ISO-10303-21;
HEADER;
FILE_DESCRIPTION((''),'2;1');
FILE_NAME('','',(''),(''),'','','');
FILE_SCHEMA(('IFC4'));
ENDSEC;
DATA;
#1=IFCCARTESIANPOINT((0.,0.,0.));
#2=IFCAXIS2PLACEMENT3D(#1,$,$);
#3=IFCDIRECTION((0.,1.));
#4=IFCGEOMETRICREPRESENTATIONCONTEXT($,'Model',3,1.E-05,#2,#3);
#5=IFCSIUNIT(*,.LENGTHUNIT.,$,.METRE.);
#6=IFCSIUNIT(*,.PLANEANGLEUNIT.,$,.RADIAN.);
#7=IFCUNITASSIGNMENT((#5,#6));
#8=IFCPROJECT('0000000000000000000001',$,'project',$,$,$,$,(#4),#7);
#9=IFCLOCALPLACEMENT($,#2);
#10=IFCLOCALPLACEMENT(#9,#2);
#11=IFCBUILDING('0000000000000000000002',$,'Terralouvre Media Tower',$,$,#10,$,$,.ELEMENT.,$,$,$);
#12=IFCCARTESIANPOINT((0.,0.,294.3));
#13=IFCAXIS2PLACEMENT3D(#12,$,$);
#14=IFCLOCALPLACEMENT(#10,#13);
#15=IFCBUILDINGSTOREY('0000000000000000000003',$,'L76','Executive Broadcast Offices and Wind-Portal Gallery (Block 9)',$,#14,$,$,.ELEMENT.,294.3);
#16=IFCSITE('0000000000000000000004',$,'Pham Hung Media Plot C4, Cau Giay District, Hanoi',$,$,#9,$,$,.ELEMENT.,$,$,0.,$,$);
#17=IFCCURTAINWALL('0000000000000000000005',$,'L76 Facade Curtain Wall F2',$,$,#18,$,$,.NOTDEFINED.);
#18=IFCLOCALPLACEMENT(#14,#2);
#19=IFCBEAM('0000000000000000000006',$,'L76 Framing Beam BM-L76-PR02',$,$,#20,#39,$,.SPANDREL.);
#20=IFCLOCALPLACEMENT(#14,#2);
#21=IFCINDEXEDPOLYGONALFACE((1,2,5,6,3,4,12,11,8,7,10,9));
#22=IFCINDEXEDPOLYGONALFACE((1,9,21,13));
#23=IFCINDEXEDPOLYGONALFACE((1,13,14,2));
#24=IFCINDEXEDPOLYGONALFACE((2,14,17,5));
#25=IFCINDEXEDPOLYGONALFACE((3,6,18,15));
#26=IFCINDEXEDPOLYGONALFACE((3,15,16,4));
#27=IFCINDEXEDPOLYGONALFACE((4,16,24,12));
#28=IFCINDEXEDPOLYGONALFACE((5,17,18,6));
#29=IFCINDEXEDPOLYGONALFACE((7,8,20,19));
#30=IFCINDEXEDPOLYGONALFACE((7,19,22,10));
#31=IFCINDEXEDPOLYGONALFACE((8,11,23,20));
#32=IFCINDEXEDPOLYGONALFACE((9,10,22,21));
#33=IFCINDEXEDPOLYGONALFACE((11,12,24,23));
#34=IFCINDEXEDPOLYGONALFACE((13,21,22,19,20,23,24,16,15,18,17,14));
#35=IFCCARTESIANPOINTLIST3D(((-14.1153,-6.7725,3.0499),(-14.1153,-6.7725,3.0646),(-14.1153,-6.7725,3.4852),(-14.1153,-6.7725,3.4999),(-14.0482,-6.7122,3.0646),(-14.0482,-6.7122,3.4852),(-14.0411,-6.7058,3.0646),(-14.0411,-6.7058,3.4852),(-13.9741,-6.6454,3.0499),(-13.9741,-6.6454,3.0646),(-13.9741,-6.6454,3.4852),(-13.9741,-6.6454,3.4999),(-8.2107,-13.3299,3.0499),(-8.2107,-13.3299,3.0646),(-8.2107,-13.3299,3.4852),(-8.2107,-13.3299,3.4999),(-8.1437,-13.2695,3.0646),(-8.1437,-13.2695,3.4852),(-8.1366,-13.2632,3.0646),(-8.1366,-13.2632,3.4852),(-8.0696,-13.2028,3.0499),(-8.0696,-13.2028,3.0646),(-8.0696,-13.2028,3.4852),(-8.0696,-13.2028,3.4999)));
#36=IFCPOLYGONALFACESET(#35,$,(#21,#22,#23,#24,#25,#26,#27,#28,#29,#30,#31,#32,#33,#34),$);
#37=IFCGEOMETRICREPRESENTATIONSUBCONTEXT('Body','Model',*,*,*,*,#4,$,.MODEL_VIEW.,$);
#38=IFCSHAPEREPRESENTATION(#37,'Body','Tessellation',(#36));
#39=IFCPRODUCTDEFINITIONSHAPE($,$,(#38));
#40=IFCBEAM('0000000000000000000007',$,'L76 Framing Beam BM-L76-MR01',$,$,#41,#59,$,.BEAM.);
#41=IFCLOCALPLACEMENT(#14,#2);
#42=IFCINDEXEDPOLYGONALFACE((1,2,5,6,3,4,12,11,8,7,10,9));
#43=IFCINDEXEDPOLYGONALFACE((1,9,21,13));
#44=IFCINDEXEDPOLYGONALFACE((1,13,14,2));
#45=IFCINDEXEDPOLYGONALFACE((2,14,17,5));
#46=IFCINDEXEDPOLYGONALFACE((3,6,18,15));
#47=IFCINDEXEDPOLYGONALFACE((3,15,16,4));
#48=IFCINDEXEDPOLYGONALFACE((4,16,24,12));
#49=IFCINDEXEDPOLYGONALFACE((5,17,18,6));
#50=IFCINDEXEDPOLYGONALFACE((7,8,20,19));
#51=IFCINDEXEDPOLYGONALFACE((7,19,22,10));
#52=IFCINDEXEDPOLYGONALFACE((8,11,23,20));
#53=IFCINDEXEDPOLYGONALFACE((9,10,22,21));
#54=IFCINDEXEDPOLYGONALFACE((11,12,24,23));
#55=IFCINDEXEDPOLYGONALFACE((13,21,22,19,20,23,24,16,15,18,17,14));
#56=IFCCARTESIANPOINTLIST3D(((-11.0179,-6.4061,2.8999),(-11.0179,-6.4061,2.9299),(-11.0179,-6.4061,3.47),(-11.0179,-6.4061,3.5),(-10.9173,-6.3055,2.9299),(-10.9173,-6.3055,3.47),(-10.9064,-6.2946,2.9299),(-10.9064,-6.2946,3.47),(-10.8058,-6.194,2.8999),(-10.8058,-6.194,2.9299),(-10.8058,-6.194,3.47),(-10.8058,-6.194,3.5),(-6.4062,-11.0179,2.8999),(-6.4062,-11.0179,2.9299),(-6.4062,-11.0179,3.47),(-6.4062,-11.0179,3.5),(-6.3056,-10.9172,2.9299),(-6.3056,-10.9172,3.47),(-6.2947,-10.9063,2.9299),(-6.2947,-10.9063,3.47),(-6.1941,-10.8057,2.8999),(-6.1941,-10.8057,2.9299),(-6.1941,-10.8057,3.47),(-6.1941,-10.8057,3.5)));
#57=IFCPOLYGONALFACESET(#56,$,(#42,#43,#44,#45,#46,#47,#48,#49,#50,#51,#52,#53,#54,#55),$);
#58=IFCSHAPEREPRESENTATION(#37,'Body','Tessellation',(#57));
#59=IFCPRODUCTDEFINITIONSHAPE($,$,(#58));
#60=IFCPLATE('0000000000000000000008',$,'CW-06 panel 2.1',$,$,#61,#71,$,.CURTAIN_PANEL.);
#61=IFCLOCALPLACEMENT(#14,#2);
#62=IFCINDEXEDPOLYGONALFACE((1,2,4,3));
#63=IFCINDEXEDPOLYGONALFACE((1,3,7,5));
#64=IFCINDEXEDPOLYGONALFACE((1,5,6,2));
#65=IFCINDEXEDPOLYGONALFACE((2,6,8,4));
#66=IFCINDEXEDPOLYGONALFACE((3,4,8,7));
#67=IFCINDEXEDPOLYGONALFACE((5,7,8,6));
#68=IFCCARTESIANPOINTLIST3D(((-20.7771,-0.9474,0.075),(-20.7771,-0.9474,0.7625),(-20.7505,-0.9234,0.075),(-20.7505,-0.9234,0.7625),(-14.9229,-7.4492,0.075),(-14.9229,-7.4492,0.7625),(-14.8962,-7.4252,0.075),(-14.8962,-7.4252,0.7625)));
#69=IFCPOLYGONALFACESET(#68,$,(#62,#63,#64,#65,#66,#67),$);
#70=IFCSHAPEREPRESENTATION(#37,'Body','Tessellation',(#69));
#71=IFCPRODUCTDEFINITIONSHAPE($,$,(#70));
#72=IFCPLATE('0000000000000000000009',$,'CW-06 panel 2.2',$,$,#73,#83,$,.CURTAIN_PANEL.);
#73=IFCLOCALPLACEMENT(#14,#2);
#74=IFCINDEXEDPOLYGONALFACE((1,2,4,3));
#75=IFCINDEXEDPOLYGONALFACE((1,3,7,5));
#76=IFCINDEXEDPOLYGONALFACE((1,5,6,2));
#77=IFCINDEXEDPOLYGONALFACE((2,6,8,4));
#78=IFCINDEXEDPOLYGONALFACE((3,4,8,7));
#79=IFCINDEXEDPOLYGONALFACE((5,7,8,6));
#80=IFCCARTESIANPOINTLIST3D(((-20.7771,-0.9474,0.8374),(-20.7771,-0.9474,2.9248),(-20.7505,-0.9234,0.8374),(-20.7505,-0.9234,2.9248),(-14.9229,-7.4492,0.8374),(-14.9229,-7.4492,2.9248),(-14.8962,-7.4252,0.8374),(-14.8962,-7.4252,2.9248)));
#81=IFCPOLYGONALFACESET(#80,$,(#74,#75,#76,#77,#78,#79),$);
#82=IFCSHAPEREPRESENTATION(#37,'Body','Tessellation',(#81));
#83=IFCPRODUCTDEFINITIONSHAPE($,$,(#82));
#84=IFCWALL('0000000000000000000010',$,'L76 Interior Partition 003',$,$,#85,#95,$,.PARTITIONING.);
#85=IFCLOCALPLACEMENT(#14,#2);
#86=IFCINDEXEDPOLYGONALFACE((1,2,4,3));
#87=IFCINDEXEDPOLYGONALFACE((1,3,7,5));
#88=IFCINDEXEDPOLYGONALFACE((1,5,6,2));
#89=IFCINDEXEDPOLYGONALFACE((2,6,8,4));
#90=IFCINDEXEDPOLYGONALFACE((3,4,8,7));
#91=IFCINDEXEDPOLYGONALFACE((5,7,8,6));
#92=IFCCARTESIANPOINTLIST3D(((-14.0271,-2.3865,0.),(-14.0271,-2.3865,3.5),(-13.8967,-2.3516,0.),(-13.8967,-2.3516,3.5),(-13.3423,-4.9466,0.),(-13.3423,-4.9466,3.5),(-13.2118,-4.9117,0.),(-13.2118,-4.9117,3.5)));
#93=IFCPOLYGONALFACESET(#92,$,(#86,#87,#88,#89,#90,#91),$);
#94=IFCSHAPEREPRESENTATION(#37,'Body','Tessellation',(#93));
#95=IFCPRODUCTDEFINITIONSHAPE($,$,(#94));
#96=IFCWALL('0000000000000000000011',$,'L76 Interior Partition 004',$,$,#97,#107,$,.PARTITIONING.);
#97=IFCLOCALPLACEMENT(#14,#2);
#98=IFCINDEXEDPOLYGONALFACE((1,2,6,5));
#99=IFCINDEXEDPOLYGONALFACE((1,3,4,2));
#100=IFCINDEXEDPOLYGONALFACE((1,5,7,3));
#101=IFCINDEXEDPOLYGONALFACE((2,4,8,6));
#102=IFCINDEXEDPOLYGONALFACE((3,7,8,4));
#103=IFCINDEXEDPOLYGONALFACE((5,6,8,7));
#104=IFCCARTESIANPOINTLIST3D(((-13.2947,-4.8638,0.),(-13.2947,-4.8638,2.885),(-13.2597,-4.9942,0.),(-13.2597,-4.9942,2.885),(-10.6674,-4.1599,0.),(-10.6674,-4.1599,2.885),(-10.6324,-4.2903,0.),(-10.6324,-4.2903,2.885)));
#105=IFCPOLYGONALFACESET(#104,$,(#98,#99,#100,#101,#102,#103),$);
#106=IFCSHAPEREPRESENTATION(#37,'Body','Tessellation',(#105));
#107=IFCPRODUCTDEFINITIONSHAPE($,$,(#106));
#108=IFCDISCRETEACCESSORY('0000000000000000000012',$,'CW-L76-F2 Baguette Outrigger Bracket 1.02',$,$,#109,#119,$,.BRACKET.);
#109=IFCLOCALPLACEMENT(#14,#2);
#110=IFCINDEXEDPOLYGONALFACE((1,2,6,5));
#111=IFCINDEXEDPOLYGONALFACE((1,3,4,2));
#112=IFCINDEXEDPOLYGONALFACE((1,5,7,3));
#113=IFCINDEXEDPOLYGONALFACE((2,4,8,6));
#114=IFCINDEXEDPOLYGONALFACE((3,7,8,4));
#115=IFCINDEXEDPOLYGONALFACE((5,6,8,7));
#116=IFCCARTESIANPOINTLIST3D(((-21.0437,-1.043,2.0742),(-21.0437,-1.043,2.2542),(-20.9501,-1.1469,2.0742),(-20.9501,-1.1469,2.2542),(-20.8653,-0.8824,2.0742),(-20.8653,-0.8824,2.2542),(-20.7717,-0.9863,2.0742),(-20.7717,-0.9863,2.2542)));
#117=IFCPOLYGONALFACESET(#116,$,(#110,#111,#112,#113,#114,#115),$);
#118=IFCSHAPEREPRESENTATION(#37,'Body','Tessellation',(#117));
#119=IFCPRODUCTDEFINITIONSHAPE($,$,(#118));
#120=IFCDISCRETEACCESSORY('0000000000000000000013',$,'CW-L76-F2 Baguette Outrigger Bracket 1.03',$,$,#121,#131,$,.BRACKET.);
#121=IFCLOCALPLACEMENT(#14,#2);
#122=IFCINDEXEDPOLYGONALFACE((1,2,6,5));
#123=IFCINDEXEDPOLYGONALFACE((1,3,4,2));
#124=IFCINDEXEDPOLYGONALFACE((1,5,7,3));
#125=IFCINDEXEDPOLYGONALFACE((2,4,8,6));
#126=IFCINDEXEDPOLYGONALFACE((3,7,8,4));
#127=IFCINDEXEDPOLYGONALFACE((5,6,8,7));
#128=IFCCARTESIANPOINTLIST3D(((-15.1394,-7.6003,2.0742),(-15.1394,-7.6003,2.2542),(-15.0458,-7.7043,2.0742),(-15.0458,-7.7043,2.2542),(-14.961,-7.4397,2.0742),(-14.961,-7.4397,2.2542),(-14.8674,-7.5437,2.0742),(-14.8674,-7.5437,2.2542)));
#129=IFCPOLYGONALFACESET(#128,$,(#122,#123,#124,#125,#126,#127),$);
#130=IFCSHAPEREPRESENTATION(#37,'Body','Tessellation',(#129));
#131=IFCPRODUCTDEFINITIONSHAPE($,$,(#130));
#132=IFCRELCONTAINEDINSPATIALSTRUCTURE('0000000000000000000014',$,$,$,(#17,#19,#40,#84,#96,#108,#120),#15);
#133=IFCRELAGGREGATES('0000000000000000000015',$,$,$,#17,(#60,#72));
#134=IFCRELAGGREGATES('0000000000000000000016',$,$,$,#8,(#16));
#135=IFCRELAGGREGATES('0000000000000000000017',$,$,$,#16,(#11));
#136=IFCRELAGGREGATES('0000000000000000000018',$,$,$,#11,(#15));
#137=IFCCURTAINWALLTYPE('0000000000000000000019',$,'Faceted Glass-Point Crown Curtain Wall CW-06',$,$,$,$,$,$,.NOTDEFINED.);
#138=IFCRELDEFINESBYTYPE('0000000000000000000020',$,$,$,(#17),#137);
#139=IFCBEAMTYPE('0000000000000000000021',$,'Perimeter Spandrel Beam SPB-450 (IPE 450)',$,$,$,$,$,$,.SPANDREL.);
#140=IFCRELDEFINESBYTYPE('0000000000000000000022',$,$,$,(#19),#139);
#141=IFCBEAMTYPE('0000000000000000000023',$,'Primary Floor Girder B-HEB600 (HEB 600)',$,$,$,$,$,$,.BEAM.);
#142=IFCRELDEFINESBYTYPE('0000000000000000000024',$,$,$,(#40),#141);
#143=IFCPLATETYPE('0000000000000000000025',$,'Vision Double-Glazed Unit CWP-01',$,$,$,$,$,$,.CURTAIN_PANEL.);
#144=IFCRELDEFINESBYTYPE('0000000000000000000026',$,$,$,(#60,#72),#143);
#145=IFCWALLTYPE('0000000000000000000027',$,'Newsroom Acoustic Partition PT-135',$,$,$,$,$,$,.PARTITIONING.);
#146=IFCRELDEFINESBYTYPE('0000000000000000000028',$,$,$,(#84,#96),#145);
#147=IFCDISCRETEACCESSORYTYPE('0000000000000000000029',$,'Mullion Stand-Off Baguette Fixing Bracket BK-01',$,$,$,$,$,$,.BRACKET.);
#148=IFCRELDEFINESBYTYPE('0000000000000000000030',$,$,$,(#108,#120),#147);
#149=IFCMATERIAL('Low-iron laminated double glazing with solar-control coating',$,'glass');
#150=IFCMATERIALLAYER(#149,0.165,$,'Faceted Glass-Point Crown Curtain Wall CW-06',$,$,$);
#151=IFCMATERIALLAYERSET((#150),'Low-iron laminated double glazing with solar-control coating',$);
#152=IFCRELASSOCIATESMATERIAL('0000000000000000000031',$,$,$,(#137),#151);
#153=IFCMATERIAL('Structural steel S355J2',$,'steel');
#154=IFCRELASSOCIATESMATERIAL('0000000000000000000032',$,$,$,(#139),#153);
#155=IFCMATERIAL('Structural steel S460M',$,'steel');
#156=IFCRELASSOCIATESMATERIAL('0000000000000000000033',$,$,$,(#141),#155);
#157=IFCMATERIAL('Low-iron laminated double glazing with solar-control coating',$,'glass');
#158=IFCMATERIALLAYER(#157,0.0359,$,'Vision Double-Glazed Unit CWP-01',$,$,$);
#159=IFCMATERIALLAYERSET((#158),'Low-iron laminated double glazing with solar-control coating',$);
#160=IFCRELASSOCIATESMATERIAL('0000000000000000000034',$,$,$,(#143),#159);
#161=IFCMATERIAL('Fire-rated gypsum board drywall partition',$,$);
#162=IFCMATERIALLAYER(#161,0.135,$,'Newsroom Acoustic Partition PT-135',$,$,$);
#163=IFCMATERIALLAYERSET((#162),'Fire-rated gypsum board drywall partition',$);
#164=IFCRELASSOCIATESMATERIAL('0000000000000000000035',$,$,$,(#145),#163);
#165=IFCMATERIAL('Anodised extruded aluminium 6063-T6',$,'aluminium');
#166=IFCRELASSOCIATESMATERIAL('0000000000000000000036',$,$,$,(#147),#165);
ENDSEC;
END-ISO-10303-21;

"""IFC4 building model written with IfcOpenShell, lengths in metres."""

from ifc_helpers import new_model, si_unit, direction, frame, frame_2d, origin, origin_2d, place, context, subcontext, project, spatial, rectangle, i_section, extrude, material, layer, layer_set, material_profile, profile_set, type_object, element, aggregate, save


model = new_model("IFC4")

# Units and contexts
model_context = context("Model", 3, precision=1e-05, world=origin(), true_north=direction((0.0, 1.0)))
body_context = subcontext(model_context, "Body", "Model", "MODEL_VIEW")
ifc_project = project(units=[si_unit("LENGTHUNIT", "METRE"), si_unit("PLANEANGLEUNIT", "RADIAN")], contexts=[model_context])

# Site, building, storey
site_placement = place(None, origin())
site = spatial("IfcSite", under=ifc_project, at=site_placement, Name="Pham Hung Media Plot C4, Cau Giay District, Hanoi", CompositionType="ELEMENT", RefElevation=0.0)
building_placement = place(site_placement, origin())
building = spatial("IfcBuilding", under=site, at=building_placement, Name="Terralouvre Media Tower", CompositionType="ELEMENT")
storey_placement = place(building_placement, frame((0.0, 0.0, 294.3)))
storey = spatial("IfcBuildingStorey", under=building, at=storey_placement, Name="L76", Description="Executive Broadcast Offices and Wind-Portal Gallery (Block 9)", CompositionType="ELEMENT", Elevation=294.3)

# Curtain wall
ifc_material_1 = material(Name="Low-iron laminated double glazing with solar-control coating", Category="glass")
ifc_layer_1 = layer(ifc_material_1, 0.165, Name="Faceted Glass-Point Crown Curtain Wall CW-06")
ifc_layer_set_1 = layer_set([ifc_layer_1], Name="Low-iron laminated double glazing with solar-control coating")
curtain_wall_type = type_object("IfcCurtainWallType", Name="Faceted Glass-Point Crown Curtain Wall CW-06", PredefinedType="NOTDEFINED", material=ifc_layer_set_1)
curtain_wall_placement = place(storey_placement, origin())
curtain_wall = element("IfcCurtainWall", 1, at=curtain_wall_placement, inside=storey, type_object=curtain_wall_type, Name="L76 Facade Curtain Wall F2", PredefinedType="NOTDEFINED")

# Beams
ifc_material_2 = material(Name="Structural steel S355J2", Category="steel")
ifc_material_profile_1 = material_profile(ifc_material_2, i_section(OverallWidth=0.1899, OverallDepth=0.45, WebThickness=0.0095, FlangeThickness=0.0146, at=origin_2d()), Name="IPE 450")
ifc_profile_set_1 = profile_set([ifc_material_profile_1], Name="Structural steel S355J2")
beam_type_1 = type_object("IfcBeamType", Name="Perimeter Spandrel Beam SPB-450 (IPE 450)", PredefinedType="SPANDREL", material=ifc_profile_set_1)
for number, where, z_axis, x_axis, name in (
    (2, (-14.0447, -6.709, 3.2749), (0.669147, -0.74313, 0.0), (0.74313, 0.669147, 0.0), "L76 Framing Beam BM-L76-PR02"),
):
    element("IfcBeam", number, at=place(storey_placement, frame(where, z_axis=z_axis, x_axis=x_axis)), inside=storey, type_object=beam_type_1, Name=name, PredefinedType="SPANDREL", context=body_context, shape_type="SweptSolid", body=[
        extrude(i_section(OverallWidth=0.1899, OverallDepth=0.45, WebThickness=0.0095, FlangeThickness=0.0146, at=origin_2d()), origin(), (0.0, 0.0, 1.0), 8.824),
    ])
ifc_material_3 = material(Name="Structural steel S460M", Category="steel")
ifc_material_profile_2 = material_profile(ifc_material_3, i_section(OverallWidth=0.3, OverallDepth=0.6001, WebThickness=0.0154, FlangeThickness=0.03, at=origin_2d()), Name="HEB 600")
ifc_profile_set_2 = profile_set([ifc_material_profile_2], Name="Structural steel S460M")
beam_type_2 = type_object("IfcBeamType", Name="Primary Floor Girder B-HEB600 (HEB 600)", PredefinedType="BEAM", material=ifc_profile_set_2)
beam_placement = place(storey_placement, frame((-10.9119, -6.3, 3.2), z_axis=(0.707107, -0.707107, 0.0), x_axis=(0.707107, 0.707107, 0.0)))
element("IfcBeam", 3, at=beam_placement, inside=storey, type_object=beam_type_2, Name="L76 Framing Beam BM-L76-MR01", PredefinedType="BEAM", context=body_context, shape_type="SweptSolid", body=[
    extrude(i_section(OverallWidth=0.3, OverallDepth=0.6001, WebThickness=0.0154, FlangeThickness=0.03, at=origin_2d()), origin(), (0.0, 0.0, 1.0), 6.522),
])

# Plates
ifc_material_4 = material(Name="Low-iron laminated double glazing with solar-control coating", Category="glass")
ifc_layer_2 = layer(ifc_material_4, 0.0359, Name="Vision Double-Glazed Unit CWP-01")
ifc_layer_set_2 = layer_set([ifc_layer_2], Name="Low-iron laminated double glazing with solar-control coating")
plate_type = type_object("IfcPlateType", Name="Vision Double-Glazed Unit CWP-01", PredefinedType="CURTAIN_PANEL", material=ifc_layer_set_2)
plate_1_placement = place(storey_placement, frame((-17.8367, -4.1863, 0.075), z_axis=(0.0, 0.0, 1.0), x_axis=(0.669131, -0.743145, 0.0)))
plate_1 = element("IfcPlate", 4, at=plate_1_placement, type_object=plate_type, Name="CW-06 panel 2.1", PredefinedType="CURTAIN_PANEL", context=body_context, shape_type="SweptSolid", body=[
    extrude(rectangle(XDim=8.749, YDim=0.0359, at=origin_2d()), origin(), (0.0, 0.0, 1.0), 0.6875),
])
plate_2_placement = place(storey_placement, frame((-17.8367, -4.1863, 0.8374), z_axis=(0.0, 0.0, 1.0), x_axis=(0.669131, -0.743145, 0.0)))
plate_2 = element("IfcPlate", 5, at=plate_2_placement, type_object=plate_type, Name="CW-06 panel 2.2", PredefinedType="CURTAIN_PANEL", context=body_context, shape_type="SweptSolid", body=[
    extrude(rectangle(XDim=8.749, YDim=0.0359, at=origin_2d()), origin(), (0.0, 0.0, 1.0), 2.0874),
])
aggregate(curtain_wall, [plate_1, plate_2])

# Walls
ifc_material_5 = material(Name="Fire-rated gypsum board drywall partition")
ifc_layer_3 = layer(ifc_material_5, 0.135, Name="Newsroom Acoustic Partition PT-135")
ifc_layer_set_3 = layer_set([ifc_layer_3], Name="Fire-rated gypsum board drywall partition")
wall_type = type_object("IfcWallType", Name="Newsroom Acoustic Partition PT-135", PredefinedType="PARTITIONING", material=ifc_layer_set_3)
wall_1_placement = place(storey_placement, frame((-13.9619, -2.3689, 0.0), z_axis=(0.0, 0.0, 1.0), x_axis=(0.258414, -0.966034, 0.0)))
element("IfcWall", 6, at=wall_1_placement, inside=storey, type_object=wall_type, Name="L76 Interior Partition 003", PredefinedType="PARTITIONING", context=body_context, shape_type="SweptSolid", body=[
    extrude(rectangle(XDim=2.6501, YDim=0.135, at=frame_2d((1.3252, 0.0))), origin(), (0.0, 0.0, 1.0), 3.5),
])
wall_2_placement = place(storey_placement, frame((-13.2771, -4.929, 0.0), z_axis=(0.0, 0.0, 1.0), x_axis=(0.965935, 0.258785, 0.0)))
element("IfcWall", 7, at=wall_2_placement, inside=storey, type_object=wall_type, Name="L76 Interior Partition 004", PredefinedType="PARTITIONING", context=body_context, shape_type="SweptSolid", body=[
    extrude(rectangle(XDim=2.72, YDim=0.135, at=frame_2d((1.3599, 0.0))), origin(), (0.0, 0.0, 1.0), 2.885),
])

# Discrete accessories
ifc_material_6 = material(Name="Anodised extruded aluminium 6063-T6", Category="aluminium")
discrete_accessory_type = type_object("IfcDiscreteAccessoryType", Name="Mullion Stand-Off Baguette Fixing Bracket BK-01", PredefinedType="BRACKET", material=ifc_material_6)
for number, where, z_axis, x_axis, name in (
    (8, (-20.9077, -1.0146, 2.0742), (0.0, 0.0, 1.0), (0.669131, -0.743145, 0.0), "CW-L76-F2 Baguette Outrigger Bracket 1.02"),
    (9, (-15.0034, -7.572, 2.0742), (0.0, 0.0, 1.0), (0.669131, -0.743145, 0.0), "CW-L76-F2 Baguette Outrigger Bracket 1.03"),
):
    element("IfcDiscreteAccessory", number, at=place(storey_placement, frame(where, z_axis=z_axis, x_axis=x_axis)), inside=storey, type_object=discrete_accessory_type, Name=name, PredefinedType="BRACKET", context=body_context, shape_type="SweptSolid", body=[
        extrude(rectangle(XDim=0.1399, YDim=0.24, at=origin_2d()), origin(), (0.0, 0.0, 1.0), 0.1799),
    ])

save(model, "model.ifc")
